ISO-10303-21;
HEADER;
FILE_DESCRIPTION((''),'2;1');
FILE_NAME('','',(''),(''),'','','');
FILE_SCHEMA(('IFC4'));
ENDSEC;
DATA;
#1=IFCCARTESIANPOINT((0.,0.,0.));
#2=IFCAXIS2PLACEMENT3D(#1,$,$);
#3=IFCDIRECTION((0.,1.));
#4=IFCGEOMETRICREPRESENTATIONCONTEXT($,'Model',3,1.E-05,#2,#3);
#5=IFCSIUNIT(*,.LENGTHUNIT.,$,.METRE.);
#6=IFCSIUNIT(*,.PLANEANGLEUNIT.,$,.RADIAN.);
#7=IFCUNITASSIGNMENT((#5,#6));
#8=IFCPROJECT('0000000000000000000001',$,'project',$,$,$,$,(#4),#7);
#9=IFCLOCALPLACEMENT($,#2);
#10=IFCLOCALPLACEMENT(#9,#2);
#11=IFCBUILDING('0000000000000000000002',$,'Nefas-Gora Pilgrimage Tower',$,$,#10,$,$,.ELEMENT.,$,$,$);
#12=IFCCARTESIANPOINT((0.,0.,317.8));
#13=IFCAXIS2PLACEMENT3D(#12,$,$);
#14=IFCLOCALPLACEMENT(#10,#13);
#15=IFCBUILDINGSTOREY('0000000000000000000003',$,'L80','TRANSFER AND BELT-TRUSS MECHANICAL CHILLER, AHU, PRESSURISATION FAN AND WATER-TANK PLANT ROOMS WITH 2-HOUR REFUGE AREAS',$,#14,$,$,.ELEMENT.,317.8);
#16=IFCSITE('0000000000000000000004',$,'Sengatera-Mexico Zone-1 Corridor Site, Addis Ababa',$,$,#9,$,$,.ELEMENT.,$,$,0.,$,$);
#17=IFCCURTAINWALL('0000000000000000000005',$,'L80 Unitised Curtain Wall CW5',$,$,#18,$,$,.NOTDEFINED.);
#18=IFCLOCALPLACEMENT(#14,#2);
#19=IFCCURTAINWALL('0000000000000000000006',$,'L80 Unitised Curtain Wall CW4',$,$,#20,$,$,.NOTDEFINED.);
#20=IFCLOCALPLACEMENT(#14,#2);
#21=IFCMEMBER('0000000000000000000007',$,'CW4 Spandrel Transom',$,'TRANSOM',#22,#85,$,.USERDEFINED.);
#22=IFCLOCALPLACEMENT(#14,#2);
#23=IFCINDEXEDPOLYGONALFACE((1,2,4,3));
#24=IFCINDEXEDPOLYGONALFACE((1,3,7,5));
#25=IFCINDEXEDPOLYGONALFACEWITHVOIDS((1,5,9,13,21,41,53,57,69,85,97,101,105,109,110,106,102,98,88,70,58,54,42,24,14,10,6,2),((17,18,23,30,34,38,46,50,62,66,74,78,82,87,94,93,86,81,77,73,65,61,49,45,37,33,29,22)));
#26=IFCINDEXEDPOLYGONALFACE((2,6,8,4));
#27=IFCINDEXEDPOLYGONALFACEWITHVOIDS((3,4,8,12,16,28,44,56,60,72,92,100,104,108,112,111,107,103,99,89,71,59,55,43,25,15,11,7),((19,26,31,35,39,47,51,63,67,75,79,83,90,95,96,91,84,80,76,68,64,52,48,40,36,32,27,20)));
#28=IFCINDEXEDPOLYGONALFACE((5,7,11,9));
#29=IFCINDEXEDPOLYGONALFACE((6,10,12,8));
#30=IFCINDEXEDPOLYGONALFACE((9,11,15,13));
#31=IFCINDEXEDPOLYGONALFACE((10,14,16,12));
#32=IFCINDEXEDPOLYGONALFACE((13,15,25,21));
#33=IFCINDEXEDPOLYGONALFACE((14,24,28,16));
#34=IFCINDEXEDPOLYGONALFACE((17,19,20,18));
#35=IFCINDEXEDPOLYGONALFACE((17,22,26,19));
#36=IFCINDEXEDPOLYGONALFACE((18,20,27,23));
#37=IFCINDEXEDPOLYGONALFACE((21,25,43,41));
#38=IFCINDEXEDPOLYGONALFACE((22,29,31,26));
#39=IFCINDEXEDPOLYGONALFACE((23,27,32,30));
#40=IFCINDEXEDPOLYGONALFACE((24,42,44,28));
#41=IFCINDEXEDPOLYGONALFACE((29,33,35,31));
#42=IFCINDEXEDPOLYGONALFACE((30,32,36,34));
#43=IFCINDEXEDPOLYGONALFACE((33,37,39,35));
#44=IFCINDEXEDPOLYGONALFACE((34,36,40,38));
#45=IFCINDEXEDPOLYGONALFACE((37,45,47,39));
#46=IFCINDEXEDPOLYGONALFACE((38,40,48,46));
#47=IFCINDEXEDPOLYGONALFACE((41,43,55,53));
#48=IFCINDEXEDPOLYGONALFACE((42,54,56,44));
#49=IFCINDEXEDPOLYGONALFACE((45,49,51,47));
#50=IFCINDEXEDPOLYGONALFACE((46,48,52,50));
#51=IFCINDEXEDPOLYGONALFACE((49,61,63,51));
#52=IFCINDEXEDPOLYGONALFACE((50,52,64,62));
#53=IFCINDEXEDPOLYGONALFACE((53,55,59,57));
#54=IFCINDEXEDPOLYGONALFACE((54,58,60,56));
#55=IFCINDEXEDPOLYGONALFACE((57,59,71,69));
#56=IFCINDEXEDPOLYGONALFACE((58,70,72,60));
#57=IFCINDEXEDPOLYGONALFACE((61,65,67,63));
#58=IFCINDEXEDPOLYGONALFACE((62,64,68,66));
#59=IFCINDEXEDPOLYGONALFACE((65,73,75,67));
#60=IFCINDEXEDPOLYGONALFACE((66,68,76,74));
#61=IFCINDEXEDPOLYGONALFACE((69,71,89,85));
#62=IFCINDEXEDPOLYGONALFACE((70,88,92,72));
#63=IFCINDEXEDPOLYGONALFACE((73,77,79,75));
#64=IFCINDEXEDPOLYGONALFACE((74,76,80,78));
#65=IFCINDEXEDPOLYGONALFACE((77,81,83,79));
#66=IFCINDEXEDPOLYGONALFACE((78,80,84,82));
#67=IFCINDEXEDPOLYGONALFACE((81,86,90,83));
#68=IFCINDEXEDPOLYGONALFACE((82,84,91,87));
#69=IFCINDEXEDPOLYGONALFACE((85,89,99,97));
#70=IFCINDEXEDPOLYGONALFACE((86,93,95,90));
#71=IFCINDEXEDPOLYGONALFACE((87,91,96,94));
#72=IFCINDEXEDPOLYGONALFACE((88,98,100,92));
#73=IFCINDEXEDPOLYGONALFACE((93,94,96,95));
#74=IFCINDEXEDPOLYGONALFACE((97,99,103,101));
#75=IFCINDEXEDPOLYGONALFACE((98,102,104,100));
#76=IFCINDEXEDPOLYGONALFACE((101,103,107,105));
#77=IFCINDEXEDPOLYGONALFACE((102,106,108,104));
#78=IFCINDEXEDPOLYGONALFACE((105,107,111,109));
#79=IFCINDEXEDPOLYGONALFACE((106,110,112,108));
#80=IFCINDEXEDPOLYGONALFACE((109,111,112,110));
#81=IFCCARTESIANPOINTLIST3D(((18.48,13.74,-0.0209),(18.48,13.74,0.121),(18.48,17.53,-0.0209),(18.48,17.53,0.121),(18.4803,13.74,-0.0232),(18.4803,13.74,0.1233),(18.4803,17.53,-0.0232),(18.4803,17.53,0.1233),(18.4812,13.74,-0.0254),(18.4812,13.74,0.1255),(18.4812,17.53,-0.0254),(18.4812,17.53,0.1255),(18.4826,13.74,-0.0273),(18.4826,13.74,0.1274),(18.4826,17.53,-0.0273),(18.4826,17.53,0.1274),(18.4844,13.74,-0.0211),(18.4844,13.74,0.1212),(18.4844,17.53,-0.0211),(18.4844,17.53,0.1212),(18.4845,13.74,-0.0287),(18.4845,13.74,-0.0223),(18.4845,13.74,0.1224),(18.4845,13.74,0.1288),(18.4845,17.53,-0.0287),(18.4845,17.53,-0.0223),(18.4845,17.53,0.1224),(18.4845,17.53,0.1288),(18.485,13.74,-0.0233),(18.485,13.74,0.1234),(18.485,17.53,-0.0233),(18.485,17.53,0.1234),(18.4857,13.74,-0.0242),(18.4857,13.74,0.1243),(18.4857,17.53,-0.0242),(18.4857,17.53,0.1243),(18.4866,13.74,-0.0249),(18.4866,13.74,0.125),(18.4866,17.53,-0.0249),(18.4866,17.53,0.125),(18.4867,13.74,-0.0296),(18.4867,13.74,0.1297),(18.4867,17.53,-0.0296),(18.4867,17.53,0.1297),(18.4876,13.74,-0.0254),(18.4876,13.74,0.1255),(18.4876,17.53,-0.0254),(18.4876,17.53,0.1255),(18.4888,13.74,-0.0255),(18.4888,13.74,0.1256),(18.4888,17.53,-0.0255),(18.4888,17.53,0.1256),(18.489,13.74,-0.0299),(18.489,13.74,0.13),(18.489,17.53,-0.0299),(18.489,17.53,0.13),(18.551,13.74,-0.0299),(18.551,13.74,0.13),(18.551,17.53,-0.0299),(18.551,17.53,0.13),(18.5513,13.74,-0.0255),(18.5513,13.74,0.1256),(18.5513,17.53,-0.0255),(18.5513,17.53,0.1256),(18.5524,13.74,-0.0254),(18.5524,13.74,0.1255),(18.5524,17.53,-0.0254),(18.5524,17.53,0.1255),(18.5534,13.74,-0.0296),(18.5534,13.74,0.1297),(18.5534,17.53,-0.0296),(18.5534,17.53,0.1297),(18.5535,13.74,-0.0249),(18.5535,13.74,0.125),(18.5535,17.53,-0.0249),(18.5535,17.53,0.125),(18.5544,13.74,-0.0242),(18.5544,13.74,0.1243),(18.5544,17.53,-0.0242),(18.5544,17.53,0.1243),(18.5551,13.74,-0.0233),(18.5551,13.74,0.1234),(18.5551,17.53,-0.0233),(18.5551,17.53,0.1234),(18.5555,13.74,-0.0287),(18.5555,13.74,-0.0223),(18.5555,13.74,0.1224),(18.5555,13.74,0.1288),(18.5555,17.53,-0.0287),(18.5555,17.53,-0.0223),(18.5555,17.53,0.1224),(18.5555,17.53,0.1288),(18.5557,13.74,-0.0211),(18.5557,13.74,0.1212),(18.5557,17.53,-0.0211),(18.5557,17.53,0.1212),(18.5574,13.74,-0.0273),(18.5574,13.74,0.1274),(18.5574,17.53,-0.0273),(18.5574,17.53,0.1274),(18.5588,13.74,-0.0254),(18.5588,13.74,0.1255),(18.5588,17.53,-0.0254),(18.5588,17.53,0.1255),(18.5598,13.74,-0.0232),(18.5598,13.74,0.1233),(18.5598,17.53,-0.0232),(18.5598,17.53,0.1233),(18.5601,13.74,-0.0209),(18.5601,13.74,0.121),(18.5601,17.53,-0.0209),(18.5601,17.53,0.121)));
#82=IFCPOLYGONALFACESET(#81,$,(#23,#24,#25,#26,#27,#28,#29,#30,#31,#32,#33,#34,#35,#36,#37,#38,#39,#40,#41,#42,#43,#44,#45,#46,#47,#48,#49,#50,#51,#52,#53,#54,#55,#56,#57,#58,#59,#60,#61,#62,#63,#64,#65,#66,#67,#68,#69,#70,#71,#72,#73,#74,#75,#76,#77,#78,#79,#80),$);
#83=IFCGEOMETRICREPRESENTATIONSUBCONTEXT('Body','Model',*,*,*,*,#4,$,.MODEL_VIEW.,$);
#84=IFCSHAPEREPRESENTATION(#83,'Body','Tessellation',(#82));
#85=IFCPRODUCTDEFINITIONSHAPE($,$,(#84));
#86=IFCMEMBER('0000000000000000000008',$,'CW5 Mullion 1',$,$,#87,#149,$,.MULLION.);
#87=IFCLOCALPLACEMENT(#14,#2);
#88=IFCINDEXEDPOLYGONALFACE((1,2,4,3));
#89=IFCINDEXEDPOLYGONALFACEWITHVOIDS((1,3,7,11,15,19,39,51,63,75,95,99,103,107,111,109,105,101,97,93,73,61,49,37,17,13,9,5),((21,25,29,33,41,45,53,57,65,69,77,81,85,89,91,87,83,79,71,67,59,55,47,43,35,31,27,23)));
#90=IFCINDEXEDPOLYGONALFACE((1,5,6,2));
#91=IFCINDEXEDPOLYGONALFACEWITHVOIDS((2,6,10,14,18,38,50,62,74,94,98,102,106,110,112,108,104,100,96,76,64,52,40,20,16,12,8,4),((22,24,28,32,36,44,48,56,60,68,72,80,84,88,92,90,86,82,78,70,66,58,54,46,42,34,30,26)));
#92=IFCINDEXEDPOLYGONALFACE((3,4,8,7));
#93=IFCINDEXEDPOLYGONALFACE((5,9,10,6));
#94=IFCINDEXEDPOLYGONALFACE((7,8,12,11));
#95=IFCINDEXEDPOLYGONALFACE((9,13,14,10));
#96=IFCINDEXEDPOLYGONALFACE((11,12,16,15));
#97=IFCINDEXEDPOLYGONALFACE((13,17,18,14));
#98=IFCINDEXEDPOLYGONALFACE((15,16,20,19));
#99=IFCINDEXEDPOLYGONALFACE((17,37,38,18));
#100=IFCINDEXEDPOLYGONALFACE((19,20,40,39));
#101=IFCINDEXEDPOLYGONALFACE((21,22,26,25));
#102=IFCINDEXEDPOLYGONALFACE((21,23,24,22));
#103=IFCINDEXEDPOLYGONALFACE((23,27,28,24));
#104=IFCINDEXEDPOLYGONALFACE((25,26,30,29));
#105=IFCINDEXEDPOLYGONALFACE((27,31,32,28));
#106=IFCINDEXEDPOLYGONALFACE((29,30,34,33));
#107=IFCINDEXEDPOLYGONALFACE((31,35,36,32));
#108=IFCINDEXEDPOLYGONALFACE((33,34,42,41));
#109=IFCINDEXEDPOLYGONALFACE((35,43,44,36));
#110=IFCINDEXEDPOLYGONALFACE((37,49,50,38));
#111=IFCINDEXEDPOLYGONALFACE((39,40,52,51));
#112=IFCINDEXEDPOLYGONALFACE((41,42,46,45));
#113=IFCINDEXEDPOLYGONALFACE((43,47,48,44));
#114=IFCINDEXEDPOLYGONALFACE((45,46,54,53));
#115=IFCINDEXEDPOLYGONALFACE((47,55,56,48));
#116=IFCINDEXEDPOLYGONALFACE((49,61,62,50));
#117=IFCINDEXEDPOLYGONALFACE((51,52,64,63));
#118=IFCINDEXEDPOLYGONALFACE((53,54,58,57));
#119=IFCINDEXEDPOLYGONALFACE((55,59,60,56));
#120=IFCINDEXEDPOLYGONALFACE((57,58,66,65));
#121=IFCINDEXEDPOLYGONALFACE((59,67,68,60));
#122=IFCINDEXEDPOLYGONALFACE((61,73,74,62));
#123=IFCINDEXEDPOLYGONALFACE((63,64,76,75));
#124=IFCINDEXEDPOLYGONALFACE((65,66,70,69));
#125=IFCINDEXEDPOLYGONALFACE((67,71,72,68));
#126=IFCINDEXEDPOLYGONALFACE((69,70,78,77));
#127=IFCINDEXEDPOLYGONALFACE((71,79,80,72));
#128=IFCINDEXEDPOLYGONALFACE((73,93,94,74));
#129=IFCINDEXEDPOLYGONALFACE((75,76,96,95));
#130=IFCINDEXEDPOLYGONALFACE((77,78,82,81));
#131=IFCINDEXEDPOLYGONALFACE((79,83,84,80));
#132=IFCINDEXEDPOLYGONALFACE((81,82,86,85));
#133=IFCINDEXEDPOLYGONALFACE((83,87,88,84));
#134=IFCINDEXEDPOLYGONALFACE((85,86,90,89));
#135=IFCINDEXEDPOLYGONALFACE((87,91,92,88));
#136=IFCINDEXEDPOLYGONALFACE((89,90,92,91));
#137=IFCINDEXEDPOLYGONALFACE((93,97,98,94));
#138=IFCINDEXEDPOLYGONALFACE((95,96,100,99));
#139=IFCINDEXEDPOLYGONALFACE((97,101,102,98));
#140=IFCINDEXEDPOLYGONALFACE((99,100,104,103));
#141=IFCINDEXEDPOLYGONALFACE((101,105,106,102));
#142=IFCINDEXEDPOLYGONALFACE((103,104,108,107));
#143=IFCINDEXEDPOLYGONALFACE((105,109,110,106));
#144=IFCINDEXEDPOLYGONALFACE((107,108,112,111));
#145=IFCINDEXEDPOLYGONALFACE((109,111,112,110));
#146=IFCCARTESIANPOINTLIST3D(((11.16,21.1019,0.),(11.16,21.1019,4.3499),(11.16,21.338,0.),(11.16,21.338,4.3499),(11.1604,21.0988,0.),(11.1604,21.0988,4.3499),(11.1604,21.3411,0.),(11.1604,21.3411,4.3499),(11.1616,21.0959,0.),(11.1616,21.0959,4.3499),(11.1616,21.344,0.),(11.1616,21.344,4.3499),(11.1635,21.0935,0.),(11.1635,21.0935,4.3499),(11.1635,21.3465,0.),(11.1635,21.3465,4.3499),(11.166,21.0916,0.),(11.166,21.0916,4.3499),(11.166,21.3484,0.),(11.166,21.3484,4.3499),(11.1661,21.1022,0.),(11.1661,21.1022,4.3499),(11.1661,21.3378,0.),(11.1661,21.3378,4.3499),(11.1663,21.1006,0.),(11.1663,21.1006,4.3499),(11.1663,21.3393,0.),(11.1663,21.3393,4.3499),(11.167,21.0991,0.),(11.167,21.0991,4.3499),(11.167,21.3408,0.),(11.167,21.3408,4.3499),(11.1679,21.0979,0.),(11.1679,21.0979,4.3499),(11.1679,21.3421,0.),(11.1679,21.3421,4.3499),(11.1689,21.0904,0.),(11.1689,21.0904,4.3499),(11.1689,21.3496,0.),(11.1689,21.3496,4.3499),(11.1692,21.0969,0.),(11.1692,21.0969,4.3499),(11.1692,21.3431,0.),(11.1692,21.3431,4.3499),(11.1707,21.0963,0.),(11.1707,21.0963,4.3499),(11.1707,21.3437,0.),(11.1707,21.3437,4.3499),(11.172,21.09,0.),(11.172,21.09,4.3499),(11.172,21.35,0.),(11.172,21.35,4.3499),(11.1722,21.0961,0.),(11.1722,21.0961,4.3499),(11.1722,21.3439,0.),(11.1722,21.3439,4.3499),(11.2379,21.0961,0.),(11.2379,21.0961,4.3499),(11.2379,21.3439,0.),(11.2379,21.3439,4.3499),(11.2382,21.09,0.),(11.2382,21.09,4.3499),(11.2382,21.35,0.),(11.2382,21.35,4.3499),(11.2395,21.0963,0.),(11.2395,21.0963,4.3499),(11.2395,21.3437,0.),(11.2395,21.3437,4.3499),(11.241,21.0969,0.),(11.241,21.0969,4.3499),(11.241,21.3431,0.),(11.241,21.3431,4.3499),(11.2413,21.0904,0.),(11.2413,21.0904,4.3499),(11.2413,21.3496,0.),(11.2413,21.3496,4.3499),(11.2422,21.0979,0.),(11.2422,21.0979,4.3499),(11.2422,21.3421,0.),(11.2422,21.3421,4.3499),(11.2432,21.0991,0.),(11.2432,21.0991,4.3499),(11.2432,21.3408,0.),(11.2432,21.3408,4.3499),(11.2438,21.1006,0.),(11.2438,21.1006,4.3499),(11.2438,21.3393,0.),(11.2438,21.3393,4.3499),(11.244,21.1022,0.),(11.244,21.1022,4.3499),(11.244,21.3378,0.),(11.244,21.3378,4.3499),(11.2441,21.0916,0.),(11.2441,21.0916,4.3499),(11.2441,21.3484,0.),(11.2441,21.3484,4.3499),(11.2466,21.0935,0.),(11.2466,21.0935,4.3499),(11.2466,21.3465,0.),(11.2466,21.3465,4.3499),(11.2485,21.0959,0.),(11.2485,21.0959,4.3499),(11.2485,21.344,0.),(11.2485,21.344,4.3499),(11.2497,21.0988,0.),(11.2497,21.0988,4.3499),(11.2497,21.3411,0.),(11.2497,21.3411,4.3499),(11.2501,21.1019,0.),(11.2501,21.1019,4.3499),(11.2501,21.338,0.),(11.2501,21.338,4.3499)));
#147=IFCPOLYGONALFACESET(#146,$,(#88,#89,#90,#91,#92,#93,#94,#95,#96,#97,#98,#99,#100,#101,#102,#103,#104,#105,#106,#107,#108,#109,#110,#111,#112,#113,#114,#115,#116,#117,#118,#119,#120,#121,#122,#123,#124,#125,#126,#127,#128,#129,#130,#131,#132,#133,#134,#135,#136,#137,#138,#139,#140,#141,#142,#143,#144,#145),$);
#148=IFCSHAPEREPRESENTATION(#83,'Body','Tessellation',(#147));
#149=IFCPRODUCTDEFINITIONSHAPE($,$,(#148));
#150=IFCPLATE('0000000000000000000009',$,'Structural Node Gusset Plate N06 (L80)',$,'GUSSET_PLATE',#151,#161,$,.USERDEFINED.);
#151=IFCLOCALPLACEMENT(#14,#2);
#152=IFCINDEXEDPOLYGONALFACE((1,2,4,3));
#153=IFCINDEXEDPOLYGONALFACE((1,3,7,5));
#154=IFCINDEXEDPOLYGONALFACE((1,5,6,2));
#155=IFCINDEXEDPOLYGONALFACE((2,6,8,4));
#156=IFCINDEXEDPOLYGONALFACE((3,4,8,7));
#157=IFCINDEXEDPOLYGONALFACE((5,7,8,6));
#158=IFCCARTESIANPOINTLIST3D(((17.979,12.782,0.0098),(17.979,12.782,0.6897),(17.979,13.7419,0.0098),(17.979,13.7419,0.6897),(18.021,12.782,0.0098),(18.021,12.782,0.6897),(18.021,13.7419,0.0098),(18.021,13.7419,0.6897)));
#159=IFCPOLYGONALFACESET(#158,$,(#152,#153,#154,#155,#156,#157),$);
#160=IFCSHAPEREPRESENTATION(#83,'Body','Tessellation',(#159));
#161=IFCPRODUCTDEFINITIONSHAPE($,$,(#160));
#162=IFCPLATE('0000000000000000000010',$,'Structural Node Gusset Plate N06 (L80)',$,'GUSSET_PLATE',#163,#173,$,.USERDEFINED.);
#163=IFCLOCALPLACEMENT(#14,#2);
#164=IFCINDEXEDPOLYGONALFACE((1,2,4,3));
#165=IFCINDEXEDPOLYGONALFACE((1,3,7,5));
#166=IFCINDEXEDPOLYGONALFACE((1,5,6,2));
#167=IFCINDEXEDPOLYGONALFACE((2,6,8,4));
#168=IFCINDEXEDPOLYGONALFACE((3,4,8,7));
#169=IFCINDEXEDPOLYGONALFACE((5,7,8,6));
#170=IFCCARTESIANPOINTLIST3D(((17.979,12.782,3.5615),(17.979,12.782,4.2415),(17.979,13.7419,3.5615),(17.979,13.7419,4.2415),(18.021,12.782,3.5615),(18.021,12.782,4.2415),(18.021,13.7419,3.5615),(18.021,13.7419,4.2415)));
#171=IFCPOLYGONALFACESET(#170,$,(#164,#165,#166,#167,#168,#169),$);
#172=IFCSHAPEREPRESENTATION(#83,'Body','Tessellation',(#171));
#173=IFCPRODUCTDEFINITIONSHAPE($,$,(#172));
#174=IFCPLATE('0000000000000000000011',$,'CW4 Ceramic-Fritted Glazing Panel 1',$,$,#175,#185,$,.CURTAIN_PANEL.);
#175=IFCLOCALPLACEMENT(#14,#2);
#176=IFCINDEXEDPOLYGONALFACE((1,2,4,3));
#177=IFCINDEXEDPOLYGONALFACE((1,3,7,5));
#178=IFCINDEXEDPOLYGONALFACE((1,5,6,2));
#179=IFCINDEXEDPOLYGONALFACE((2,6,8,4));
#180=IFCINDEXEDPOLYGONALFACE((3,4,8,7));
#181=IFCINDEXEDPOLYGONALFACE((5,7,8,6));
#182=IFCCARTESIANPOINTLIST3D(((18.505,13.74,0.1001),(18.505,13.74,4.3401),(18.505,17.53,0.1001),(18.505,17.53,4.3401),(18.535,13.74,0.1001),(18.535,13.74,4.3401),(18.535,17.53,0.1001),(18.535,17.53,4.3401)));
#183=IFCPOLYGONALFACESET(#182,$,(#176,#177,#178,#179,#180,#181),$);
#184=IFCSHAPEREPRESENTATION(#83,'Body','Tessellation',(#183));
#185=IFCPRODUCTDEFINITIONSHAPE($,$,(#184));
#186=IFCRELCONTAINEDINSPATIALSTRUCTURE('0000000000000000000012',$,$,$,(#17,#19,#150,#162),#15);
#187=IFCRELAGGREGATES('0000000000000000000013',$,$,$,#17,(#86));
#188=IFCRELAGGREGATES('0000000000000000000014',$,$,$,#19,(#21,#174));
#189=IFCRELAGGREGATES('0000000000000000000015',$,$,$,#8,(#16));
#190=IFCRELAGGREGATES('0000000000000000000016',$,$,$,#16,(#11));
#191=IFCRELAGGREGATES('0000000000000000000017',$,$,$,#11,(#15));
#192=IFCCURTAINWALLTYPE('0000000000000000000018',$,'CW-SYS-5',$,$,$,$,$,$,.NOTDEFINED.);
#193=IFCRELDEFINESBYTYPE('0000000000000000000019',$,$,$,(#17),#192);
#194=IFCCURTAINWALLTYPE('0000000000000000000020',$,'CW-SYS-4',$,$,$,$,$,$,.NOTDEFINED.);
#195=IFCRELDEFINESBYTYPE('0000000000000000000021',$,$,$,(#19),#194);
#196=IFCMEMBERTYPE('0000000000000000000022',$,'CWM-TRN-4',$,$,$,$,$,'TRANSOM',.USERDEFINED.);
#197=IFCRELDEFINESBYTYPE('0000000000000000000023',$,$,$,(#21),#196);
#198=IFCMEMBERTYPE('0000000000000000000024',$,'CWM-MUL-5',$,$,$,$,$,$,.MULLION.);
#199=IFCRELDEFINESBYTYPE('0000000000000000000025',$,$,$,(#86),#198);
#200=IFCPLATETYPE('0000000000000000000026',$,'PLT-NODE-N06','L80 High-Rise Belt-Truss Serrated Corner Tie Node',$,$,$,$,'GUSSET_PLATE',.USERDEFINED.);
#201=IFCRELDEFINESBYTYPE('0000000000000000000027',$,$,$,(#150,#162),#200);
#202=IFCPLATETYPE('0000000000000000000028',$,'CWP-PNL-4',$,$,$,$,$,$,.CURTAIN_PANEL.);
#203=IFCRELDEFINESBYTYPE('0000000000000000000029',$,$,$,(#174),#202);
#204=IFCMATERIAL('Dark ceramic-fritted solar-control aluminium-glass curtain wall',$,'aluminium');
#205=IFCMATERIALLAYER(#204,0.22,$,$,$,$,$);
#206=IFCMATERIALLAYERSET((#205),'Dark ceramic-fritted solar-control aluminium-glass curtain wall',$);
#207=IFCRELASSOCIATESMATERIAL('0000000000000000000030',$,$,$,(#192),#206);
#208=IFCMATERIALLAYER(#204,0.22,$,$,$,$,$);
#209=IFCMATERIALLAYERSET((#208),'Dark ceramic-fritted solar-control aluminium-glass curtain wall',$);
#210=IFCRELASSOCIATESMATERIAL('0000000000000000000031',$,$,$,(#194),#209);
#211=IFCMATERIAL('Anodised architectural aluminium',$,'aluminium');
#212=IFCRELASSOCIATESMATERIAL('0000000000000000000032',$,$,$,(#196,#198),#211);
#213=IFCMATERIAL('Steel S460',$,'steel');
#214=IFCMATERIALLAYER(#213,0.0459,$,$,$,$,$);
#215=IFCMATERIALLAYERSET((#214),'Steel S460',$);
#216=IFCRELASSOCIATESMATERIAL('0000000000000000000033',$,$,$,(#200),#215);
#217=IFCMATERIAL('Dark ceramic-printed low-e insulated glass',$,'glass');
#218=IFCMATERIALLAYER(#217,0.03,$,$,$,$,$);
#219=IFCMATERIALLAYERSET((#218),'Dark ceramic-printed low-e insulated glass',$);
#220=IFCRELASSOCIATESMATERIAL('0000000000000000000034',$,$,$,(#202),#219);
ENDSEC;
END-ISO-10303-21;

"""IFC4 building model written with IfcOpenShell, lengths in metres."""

from ifc_helpers import new_model, si_unit, direction, frame, origin, origin_2d, place, context, subcontext, project, spatial, rectangle, hollow_rectangle, extrude, source, transform, mapped, material, layer, layer_set, material_profile, profile_set, type_object, element, aggregate, save


model = new_model("IFC4")

# Units and contexts
model_context = context("Model", 3, precision=1e-05, world=origin(), true_north=direction((0.0, 1.0)))
body_context = subcontext(model_context, "Body", "Model", "MODEL_VIEW")
ifc_project = project(units=[si_unit("LENGTHUNIT", "METRE"), si_unit("PLANEANGLEUNIT", "RADIAN")], contexts=[model_context])

# Site, building, storey
site_placement = place(None, origin())
site = spatial("IfcSite", under=ifc_project, at=site_placement, Name="Sengatera-Mexico Zone-1 Corridor Site, Addis Ababa", CompositionType="ELEMENT", RefElevation=0.0)
building_placement = place(site_placement, origin())
building = spatial("IfcBuilding", under=site, at=building_placement, Name="Nefas-Gora Pilgrimage Tower", CompositionType="ELEMENT")
storey_placement = place(building_placement, frame((0.0, 0.0, 317.8)))
storey = spatial("IfcBuildingStorey", under=building, at=storey_placement, Name="L80", Description="TRANSFER AND BELT-TRUSS MECHANICAL CHILLER, AHU, PRESSURISATION FAN AND WATER-TANK PLANT ROOMS WITH 2-HOUR REFUGE AREAS", CompositionType="ELEMENT", Elevation=317.8)

# Curtain wall
ifc_material_1 = material(Name="Dark ceramic-fritted solar-control aluminium-glass curtain wall", Category="aluminium")
ifc_layer_1 = layer(ifc_material_1, 0.22)
ifc_layer_set_1 = layer_set([ifc_layer_1], Name="Dark ceramic-fritted solar-control aluminium-glass curtain wall")
curtain_wall_type_1 = type_object("IfcCurtainWallType", Name="CW-SYS-5", PredefinedType="NOTDEFINED", material=ifc_layer_set_1)
curtain_wall_1_placement = place(storey_placement, origin())
curtain_wall_1 = element("IfcCurtainWall", 1, at=curtain_wall_1_placement, inside=storey, type_object=curtain_wall_type_1, Name="L80 Unitised Curtain Wall CW5", PredefinedType="NOTDEFINED")
ifc_material_2 = material(Name="Anodised architectural aluminium", Category="aluminium")
ifc_layer_2 = layer(ifc_material_1, 0.22)
ifc_layer_set_2 = layer_set([ifc_layer_2], Name="Dark ceramic-fritted solar-control aluminium-glass curtain wall")
curtain_wall_type_2 = type_object("IfcCurtainWallType", Name="CW-SYS-4", PredefinedType="NOTDEFINED", material=ifc_layer_set_2)
ifc_material_profile_1 = material_profile(ifc_material_2, hollow_rectangle(XDim=0.0801, YDim=0.1599, WallThickness=0.0044, InnerFilletRadius=0.0044, OuterFilletRadius=0.009, at=origin_2d()), Name="ALU TRANSOM 80x160")
ifc_profile_set_1 = profile_set([ifc_material_profile_1], Name="Anodised architectural aluminium")
member_type_1 = type_object("IfcMemberType", Name="CWM-TRN-4", ElementType="TRANSOM", PredefinedType="USERDEFINED", material=ifc_profile_set_1)

# Curtain wall
curtain_wall_2_placement = place(storey_placement, origin())
curtain_wall_2 = element("IfcCurtainWall", 2, at=curtain_wall_2_placement, inside=storey, type_object=curtain_wall_type_2, Name="L80 Unitised Curtain Wall CW4", PredefinedType="NOTDEFINED")

# Members
shared_shape_1 = source(origin(), body_context, "Body", "SweptSolid", [
    extrude(hollow_rectangle(XDim=0.0801, YDim=0.1599, WallThickness=0.0044, InnerFilletRadius=0.0044, OuterFilletRadius=0.009, at=origin_2d()), origin(), (0.0, 0.0, 1.0), 3.79),
])
member_1_placement = place(storey_placement, frame((18.52, 13.74, 0.05), z_axis=(0.0, 1.0, 0.0), x_axis=(-1.0, 0.0, 0.0)))
member_1 = element("IfcMember", 3, at=member_1_placement, type_object=member_type_1, Name="CW4 Spandrel Transom", ObjectType="TRANSOM", PredefinedType="USERDEFINED", context=body_context, shape_type="MappedRepresentation", body=[
    mapped(shared_shape_1, transform((0.0, 0.0, 0.0), x_axis=(1.0, 0.0, 0.0), y_axis=(0.0, 1.0, 0.0), z_axis=(0.0, 0.0, 1.0), scale=1.0)),
])
ifc_material_profile_2 = material_profile(ifc_material_2, hollow_rectangle(XDim=0.0901, YDim=0.26, WallThickness=0.0061, InnerFilletRadius=0.0061, OuterFilletRadius=0.012, at=origin_2d()), Name="ALU MULLION 90x260")
ifc_profile_set_2 = profile_set([ifc_material_profile_2], Name="Anodised architectural aluminium")
member_type_2 = type_object("IfcMemberType", Name="CWM-MUL-5", PredefinedType="MULLION", material=ifc_profile_set_2)
shared_shape_2 = source(origin(), body_context, "Body", "SweptSolid", [
    extrude(hollow_rectangle(XDim=0.0901, YDim=0.26, WallThickness=0.0061, InnerFilletRadius=0.0061, OuterFilletRadius=0.012, at=origin_2d()), origin(), (0.0, 0.0, 1.0), 4.3499),
])
member_2_placement = place(storey_placement, frame((11.2051, 21.22, 0.0), z_axis=(0.0, 0.0, 1.0), x_axis=(-1.0, 0.0, 0.0)))
member_2 = element("IfcMember", 4, at=member_2_placement, type_object=member_type_2, Name="CW5 Mullion 1", PredefinedType="MULLION", context=body_context, shape_type="MappedRepresentation", body=[
    mapped(shared_shape_2, transform((0.0, 0.0, 0.0), x_axis=(1.0, 0.0, 0.0), y_axis=(0.0, 1.0, 0.0), z_axis=(0.0, 0.0, 1.0), scale=1.0)),
])
aggregate(curtain_wall_1, [member_2])

# Plates
ifc_material_3 = material(Name="Steel S460", Category="steel")
ifc_layer_3 = layer(ifc_material_3, 0.0459)
ifc_layer_set_3 = layer_set([ifc_layer_3], Name="Steel S460")
plate_type_1 = type_object("IfcPlateType", Name="PLT-NODE-N06", Description="L80 High-Rise Belt-Truss Serrated Corner Tie Node", ElementType="GUSSET_PLATE", PredefinedType="USERDEFINED", material=ifc_layer_set_3)
shared_shape_3 = source(origin(), body_context, "Body", "SweptSolid", [
    extrude(rectangle(XDim=0.96, YDim=0.042, at=origin_2d()), origin(), (0.0, 0.0, 1.0), 0.6799),
])
for number, where, z_axis, x_axis, name in (
    (5, (18.0, 13.262, 0.0098), (0.0, 0.0, 1.0), (0.0, 1.0, 0.0), "Structural Node Gusset Plate N06 (L80)"),
    (6, (18.0, 13.262, 3.5615), (0.0, 0.0, 1.0), (0.0, 1.0, 0.0), "Structural Node Gusset Plate N06 (L80)"),
):
    element("IfcPlate", number, at=place(storey_placement, frame(where, z_axis=z_axis, x_axis=x_axis)), inside=storey, type_object=plate_type_1, Name=name, ObjectType="GUSSET_PLATE", PredefinedType="USERDEFINED", context=body_context, shape_type="MappedRepresentation", body=[
        mapped(shared_shape_3, transform((0.0, 0.0, 0.0), x_axis=(1.0, 0.0, 0.0), y_axis=(0.0, 1.0, 0.0), z_axis=(0.0, 0.0, 1.0), scale=1.0)),
    ])

# Plate
ifc_material_4 = material(Name="Dark ceramic-printed low-e insulated glass", Category="glass")
ifc_layer_4 = layer(ifc_material_4, 0.03)
ifc_layer_set_4 = layer_set([ifc_layer_4], Name="Dark ceramic-printed low-e insulated glass")
plate_type_2 = type_object("IfcPlateType", Name="CWP-PNL-4", PredefinedType="CURTAIN_PANEL", material=ifc_layer_set_4)
shared_shape_4 = source(origin(), body_context, "Body", "SweptSolid", [
    extrude(rectangle(XDim=3.79, YDim=0.03, at=origin_2d()), origin(), (0.0, 0.0, 1.0), 4.24),
])
plate_1_placement = place(storey_placement, frame((18.52, 15.635, 0.1001), z_axis=(0.0, 0.0, 1.0), x_axis=(0.0, 1.0, 0.0)))
plate_1 = element("IfcPlate", 7, at=plate_1_placement, type_object=plate_type_2, Name="CW4 Ceramic-Fritted Glazing Panel 1", PredefinedType="CURTAIN_PANEL", context=body_context, shape_type="MappedRepresentation", body=[
    mapped(shared_shape_4, transform((0.0, 0.0, 0.0), x_axis=(1.0, 0.0, 0.0), y_axis=(0.0, 1.0, 0.0), z_axis=(0.0, 0.0, 1.0), scale=1.0)),
])
aggregate(curtain_wall_2, [member_1, plate_1])

save(model, "model.ifc")
